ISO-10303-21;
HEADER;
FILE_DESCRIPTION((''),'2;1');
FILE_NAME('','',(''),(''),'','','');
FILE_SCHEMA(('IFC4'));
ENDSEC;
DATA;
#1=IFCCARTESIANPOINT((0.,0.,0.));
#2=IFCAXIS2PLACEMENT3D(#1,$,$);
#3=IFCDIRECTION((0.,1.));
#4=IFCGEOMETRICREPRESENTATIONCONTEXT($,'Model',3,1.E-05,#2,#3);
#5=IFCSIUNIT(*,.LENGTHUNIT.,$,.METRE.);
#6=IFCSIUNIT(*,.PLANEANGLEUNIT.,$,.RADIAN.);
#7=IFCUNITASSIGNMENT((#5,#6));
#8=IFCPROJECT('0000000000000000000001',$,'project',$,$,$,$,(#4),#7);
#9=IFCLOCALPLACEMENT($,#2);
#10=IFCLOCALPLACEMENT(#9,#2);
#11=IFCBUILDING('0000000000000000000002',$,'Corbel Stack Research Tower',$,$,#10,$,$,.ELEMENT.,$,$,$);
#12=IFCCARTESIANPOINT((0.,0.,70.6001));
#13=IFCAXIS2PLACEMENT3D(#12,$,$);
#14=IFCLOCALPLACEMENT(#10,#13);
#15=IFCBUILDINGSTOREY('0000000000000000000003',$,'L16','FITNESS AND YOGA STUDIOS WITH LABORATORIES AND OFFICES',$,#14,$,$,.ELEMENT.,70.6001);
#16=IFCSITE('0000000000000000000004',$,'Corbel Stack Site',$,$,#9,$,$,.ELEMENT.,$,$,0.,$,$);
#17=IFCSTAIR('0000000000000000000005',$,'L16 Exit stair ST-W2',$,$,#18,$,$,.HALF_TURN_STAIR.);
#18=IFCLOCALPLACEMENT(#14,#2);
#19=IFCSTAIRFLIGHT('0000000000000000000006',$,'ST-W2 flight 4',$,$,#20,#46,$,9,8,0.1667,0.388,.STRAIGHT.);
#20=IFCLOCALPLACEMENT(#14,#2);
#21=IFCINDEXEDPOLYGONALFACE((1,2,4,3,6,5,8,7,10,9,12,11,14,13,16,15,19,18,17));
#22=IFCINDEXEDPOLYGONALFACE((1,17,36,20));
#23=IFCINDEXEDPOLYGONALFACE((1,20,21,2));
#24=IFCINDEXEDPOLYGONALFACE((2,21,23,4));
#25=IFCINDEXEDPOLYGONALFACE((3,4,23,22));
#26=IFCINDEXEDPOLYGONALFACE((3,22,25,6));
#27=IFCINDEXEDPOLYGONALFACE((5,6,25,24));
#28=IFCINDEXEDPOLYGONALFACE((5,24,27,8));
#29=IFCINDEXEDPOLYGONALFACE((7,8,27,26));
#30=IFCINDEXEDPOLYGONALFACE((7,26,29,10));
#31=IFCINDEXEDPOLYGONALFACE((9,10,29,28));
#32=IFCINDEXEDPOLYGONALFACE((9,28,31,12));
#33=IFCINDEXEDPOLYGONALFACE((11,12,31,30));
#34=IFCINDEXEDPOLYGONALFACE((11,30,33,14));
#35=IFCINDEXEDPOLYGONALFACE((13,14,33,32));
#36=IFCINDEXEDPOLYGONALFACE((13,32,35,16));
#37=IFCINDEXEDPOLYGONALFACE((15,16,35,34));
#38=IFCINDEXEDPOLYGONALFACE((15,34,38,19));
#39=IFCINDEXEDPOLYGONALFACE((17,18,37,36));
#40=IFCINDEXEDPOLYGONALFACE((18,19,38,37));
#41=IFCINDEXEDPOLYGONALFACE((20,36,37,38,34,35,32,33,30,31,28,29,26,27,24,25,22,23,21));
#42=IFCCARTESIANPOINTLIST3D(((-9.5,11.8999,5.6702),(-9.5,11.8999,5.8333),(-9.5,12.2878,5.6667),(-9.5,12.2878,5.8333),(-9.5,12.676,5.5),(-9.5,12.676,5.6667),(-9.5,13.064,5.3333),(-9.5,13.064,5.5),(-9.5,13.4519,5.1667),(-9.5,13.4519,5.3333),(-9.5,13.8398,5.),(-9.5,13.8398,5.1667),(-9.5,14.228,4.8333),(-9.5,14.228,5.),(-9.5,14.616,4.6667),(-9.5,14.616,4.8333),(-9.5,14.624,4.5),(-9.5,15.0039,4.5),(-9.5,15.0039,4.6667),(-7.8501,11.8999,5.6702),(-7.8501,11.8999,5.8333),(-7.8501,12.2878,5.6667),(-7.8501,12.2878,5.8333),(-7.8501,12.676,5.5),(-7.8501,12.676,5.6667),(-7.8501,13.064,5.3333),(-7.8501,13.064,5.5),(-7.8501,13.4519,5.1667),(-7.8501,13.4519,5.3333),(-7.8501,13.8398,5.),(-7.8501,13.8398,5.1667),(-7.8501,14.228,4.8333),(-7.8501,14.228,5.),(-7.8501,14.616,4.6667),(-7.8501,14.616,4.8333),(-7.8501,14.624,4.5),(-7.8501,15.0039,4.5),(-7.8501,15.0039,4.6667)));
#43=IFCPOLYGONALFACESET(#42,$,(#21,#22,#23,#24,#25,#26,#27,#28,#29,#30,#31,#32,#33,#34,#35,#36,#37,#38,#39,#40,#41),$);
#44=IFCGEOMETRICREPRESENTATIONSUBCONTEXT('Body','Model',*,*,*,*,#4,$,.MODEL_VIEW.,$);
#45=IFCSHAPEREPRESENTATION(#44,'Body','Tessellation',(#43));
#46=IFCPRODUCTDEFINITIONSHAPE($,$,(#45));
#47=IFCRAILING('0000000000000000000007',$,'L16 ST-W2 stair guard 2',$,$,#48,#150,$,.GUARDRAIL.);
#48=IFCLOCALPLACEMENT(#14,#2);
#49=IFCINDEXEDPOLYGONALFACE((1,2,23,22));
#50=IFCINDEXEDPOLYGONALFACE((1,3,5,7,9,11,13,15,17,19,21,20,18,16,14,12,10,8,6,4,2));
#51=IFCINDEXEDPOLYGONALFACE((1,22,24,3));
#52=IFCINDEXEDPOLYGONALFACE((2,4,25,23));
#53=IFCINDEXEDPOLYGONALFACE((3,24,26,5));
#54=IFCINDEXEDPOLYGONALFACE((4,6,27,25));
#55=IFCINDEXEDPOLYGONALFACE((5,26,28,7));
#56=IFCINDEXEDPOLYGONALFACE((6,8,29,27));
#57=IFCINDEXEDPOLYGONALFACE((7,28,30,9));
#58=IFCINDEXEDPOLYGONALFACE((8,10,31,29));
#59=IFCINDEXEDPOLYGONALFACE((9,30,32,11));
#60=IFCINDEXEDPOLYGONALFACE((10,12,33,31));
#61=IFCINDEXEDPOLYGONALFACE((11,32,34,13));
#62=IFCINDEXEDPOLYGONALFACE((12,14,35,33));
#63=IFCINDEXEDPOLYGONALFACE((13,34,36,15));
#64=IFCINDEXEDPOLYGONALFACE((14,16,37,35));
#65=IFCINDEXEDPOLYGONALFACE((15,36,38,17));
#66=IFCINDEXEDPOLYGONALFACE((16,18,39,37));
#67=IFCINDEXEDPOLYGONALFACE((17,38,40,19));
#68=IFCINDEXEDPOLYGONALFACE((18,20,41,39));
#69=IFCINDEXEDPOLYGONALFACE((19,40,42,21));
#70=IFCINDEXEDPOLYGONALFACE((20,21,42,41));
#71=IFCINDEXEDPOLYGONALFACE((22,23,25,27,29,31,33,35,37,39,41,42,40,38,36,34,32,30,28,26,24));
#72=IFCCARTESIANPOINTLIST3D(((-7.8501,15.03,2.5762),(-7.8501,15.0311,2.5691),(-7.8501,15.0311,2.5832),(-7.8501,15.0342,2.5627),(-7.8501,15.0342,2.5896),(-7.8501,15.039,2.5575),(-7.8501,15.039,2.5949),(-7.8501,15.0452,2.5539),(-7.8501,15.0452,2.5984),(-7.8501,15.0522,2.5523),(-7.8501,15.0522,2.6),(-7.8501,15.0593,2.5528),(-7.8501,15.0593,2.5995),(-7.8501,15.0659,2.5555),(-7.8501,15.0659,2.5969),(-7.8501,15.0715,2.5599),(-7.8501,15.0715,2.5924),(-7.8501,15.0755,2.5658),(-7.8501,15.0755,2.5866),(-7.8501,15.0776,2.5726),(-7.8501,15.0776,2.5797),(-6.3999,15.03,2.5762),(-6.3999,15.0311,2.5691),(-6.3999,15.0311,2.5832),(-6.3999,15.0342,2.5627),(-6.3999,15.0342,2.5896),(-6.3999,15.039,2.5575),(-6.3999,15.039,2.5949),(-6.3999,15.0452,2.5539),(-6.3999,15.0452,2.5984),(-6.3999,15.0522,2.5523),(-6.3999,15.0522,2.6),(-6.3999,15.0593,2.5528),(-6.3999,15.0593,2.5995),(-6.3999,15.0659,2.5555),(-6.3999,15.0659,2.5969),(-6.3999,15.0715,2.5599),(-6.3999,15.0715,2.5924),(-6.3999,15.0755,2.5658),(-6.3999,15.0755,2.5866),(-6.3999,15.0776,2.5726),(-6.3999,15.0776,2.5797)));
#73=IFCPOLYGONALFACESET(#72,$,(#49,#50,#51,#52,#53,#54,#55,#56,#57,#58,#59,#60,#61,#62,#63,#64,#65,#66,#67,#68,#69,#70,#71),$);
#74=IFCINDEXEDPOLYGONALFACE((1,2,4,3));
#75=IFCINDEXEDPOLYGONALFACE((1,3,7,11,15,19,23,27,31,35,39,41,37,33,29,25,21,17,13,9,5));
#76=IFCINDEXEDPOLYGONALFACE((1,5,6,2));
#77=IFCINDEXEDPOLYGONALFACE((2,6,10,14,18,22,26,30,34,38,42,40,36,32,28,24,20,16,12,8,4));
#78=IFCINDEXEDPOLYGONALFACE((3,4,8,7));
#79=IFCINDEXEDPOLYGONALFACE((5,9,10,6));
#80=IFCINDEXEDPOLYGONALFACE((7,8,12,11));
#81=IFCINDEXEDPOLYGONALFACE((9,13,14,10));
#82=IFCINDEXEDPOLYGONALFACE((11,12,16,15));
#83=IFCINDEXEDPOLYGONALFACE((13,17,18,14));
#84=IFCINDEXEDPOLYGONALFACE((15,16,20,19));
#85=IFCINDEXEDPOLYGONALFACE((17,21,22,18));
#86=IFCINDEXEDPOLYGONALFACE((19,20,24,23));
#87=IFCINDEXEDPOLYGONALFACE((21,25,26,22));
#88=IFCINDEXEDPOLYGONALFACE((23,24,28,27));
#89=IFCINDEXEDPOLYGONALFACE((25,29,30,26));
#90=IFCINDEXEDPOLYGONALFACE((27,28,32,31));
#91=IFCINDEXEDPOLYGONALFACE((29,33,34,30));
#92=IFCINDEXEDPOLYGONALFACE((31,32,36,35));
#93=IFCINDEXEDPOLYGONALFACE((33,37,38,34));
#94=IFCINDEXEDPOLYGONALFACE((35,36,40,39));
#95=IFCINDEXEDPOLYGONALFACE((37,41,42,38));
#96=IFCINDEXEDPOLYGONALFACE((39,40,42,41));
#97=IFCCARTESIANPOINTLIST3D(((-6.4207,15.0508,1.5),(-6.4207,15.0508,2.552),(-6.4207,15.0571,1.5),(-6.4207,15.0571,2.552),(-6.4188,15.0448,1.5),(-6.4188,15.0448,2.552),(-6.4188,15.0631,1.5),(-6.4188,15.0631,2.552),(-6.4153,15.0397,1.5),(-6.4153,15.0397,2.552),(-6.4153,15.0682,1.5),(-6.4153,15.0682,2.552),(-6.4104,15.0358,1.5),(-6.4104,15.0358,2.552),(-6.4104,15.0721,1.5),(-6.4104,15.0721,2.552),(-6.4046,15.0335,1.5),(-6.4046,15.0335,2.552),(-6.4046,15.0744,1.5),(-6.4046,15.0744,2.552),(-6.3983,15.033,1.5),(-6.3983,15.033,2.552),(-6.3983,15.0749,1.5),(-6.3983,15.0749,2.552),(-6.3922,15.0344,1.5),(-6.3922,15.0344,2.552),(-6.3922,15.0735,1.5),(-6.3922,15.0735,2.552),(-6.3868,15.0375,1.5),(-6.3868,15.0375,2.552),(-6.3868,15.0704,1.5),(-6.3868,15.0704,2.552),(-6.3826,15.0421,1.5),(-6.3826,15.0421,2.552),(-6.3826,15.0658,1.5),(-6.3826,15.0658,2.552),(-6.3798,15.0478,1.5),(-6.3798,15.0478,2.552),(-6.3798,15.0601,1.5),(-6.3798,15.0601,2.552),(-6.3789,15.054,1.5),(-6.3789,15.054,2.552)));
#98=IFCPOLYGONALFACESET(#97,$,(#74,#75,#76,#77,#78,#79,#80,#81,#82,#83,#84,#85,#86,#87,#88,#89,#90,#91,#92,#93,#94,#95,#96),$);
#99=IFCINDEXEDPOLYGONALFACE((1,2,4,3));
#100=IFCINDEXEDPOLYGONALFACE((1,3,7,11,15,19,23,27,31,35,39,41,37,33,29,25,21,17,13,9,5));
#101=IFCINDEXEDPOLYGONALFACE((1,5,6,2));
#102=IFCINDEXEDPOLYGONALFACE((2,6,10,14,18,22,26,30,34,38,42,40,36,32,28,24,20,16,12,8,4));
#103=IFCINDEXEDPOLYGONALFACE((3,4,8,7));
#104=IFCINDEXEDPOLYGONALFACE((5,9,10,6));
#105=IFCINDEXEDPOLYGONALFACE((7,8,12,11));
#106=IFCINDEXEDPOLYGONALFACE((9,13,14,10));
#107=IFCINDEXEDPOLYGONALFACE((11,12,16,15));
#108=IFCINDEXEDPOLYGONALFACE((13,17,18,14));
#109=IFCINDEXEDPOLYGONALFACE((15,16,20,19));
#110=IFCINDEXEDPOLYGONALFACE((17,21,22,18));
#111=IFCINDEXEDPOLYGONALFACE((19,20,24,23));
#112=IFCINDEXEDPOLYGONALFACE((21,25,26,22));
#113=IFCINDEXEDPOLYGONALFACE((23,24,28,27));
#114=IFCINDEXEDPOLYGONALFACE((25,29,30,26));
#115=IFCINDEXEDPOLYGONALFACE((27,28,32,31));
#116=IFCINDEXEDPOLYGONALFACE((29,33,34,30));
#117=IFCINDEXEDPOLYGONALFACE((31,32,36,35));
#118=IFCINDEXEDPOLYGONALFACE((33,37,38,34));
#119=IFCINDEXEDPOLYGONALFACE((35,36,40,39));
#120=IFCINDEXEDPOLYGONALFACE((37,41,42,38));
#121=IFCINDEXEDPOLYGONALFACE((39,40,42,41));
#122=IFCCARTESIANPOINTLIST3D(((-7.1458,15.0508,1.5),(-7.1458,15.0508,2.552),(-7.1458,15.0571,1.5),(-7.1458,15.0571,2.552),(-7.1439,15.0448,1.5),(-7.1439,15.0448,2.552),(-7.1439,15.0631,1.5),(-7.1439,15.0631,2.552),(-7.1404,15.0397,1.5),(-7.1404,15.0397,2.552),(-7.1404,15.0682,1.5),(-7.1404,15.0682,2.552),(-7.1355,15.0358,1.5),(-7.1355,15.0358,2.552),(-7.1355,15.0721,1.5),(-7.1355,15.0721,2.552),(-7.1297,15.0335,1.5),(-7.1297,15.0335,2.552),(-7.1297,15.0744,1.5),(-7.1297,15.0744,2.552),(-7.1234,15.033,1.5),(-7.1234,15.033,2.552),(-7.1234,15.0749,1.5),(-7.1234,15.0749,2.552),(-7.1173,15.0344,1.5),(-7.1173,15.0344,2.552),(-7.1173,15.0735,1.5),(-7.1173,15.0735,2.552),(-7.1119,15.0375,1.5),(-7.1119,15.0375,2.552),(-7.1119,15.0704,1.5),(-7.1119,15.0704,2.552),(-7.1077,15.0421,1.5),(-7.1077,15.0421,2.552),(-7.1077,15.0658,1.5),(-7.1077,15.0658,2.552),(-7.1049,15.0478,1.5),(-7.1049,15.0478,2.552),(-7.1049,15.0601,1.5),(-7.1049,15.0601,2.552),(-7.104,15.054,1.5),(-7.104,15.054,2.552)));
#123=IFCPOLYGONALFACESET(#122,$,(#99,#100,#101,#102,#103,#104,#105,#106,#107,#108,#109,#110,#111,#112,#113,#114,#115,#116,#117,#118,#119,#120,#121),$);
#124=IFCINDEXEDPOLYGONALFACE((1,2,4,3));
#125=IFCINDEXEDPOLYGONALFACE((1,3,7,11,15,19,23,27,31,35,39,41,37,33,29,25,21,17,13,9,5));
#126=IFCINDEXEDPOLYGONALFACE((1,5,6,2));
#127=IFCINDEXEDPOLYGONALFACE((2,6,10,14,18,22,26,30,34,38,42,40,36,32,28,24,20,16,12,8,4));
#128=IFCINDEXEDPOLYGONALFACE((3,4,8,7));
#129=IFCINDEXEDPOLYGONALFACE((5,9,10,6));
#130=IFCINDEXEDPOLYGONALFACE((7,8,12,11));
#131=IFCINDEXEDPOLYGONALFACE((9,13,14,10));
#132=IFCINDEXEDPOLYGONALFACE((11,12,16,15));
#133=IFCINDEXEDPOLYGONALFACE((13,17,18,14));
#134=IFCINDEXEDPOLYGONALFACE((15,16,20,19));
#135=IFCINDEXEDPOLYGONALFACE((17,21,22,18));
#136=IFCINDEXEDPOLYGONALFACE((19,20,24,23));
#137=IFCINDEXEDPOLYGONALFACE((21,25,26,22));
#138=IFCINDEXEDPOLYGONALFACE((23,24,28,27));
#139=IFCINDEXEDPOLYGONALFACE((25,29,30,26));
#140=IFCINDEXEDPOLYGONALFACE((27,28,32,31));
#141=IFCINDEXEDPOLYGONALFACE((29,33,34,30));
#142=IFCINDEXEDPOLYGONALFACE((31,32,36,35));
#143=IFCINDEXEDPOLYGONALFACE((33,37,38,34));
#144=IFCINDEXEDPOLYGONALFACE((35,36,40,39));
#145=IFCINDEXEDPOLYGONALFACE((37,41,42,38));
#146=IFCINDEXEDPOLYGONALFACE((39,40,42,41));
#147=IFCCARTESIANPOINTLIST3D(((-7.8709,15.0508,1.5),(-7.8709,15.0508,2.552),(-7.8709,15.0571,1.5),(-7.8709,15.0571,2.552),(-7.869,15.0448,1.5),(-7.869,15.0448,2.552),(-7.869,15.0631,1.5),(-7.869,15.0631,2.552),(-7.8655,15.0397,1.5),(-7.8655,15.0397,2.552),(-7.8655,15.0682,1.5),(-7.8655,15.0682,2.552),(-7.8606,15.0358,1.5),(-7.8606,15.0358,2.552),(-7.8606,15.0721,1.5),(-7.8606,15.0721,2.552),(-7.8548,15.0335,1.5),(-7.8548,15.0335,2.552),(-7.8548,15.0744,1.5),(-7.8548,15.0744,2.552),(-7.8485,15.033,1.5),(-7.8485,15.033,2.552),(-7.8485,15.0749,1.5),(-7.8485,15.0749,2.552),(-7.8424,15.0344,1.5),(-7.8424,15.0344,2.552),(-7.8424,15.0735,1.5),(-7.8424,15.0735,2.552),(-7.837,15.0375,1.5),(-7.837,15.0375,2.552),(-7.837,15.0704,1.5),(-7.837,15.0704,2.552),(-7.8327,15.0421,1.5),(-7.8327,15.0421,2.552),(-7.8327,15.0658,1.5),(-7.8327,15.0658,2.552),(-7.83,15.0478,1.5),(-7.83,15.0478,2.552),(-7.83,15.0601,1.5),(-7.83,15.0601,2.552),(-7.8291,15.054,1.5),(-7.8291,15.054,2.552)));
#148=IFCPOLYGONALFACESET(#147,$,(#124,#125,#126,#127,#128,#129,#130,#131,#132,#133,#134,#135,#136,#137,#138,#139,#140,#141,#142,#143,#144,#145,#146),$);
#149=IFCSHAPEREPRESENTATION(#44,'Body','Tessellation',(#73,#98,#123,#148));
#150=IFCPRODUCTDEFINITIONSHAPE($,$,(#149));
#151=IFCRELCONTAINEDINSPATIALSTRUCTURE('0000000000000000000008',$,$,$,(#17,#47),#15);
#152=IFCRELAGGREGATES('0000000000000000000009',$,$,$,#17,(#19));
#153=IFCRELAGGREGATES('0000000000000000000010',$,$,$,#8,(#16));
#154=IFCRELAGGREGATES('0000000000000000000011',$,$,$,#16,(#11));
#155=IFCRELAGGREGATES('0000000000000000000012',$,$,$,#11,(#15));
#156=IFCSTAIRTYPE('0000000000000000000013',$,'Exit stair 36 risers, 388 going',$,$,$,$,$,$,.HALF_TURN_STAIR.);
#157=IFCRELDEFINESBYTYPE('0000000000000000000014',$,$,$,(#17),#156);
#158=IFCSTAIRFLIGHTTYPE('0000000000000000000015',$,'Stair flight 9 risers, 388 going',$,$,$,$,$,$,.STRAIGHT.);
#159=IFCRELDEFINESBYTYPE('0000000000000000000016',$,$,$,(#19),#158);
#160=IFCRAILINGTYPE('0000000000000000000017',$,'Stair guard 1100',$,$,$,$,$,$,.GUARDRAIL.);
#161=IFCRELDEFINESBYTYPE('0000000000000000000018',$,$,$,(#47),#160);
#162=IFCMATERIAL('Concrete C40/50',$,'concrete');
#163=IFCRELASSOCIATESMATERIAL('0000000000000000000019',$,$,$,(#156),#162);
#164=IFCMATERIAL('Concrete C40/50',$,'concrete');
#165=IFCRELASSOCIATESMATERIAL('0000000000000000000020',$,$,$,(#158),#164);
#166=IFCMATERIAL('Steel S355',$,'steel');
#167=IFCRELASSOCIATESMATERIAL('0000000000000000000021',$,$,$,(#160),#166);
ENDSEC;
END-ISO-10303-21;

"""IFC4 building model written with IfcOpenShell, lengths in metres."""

from ifc_helpers import new_model, si_unit, direction, frame, origin, origin_2d, place, context, subcontext, project, spatial, polyline, circle, outline, extrude, material, type_object, element, aggregate, save


model = new_model("IFC4")

# Units and contexts
model_context = context("Model", 3, precision=1e-05, world=origin(), true_north=direction((0.0, 1.0)))
body_context = subcontext(model_context, "Body", "Model", "MODEL_VIEW")
ifc_project = project(units=[si_unit("LENGTHUNIT", "METRE"), si_unit("PLANEANGLEUNIT", "RADIAN")], contexts=[model_context])

# Site, building, storey
site_placement = place(None, origin())
site = spatial("IfcSite", under=ifc_project, at=site_placement, Name="Corbel Stack Site", CompositionType="ELEMENT", RefElevation=0.0)
building_placement = place(site_placement, origin())
building = spatial("IfcBuilding", under=site, at=building_placement, Name="Corbel Stack Research Tower", CompositionType="ELEMENT")
storey_placement = place(building_placement, frame((0.0, 0.0, 70.6001)))
storey = spatial("IfcBuildingStorey", under=building, at=storey_placement, Name="L16", Description="FITNESS AND YOGA STUDIOS WITH LABORATORIES AND OFFICES", CompositionType="ELEMENT", Elevation=70.6001)

# Stair, stair flight
ifc_material_1 = material(Name="Concrete C40/50", Category="concrete")
stair_type = type_object("IfcStairType", Name="Exit stair 36 risers, 388 going", PredefinedType="HALF_TURN_STAIR", material=ifc_material_1)
stair_placement = place(storey_placement, origin())
stair = element("IfcStair", 1, at=stair_placement, inside=storey, type_object=stair_type, Name="L16 Exit stair ST-W2", PredefinedType="HALF_TURN_STAIR")
ifc_material_2 = material(Name="Concrete C40/50", Category="concrete")
stair_flight_type = type_object("IfcStairFlightType", Name="Stair flight 9 risers, 388 going", PredefinedType="STRAIGHT", material=ifc_material_2)
stair_flight_1_placement = place(storey_placement, frame((-8.675, 15.0039, 4.5), z_axis=(0.0, 0.0, 1.0), x_axis=(0.0, -1.0, 0.0)))
stair_flight_1 = element("IfcStairFlight", 2, at=stair_flight_1_placement, type_object=stair_flight_type, Name="ST-W2 flight 4", NumberOfRisers=9, NumberOfTreads=8, PredefinedType="STRAIGHT", RiserHeight=0.1667, TreadLength=0.388, context=body_context, shape_type="SweptSolid", body=[
    extrude(outline(polyline([(0.0, 0.0), (0.0, 0.1667), (0.3879, 0.1667), (0.3879, 0.3333), (0.7759, 0.3333), (0.7759, 0.5), (1.1641, 0.5), (1.1641, 0.6667), (1.552, 0.6667), (1.552, 0.8333), (1.9399, 0.8333), (1.9399, 1.0), (2.3279, 1.0), (2.3279, 1.1667), (2.7161, 1.1667), (2.7161, 1.3333), (3.104, 1.3333), (3.104, 1.5), (3.104, 1.1702), (0.3799, 0.0), (0.0, 0.0)])), frame((0.0, 0.825, 0.0), z_axis=(0.0, -1.0, 0.0), x_axis=(1.0, 0.0, 0.0)), (0.0, 0.0, 1.0), 1.6499),
])
aggregate(stair, [stair_flight_1])

# Railing
ifc_material_3 = material(Name="Steel S355", Category="steel")
railing_type_1 = type_object("IfcRailingType", Name="Stair guard 1100", PredefinedType="GUARDRAIL", material=ifc_material_3)
railing_1_placement = place(storey_placement, frame((-6.3999, 15.054, 1.5)))
element("IfcRailing", 3, at=railing_1_placement, inside=storey, type_object=railing_type_1, Name="L16 ST-W2 stair guard 2", PredefinedType="GUARDRAIL", context=body_context, shape_type="SweptSolid", body=[
    extrude(circle(Radius=0.0239, at=origin_2d()), frame((0.0, 0.0, 1.0762), z_axis=(-1.0, 0.0, 0.0), x_axis=(0.0, -1.0, 0.0)), (0.0, 0.0, 1.0), 1.4502),
    extrude(circle(Radius=0.021, at=origin_2d()), origin(), (0.0, 0.0, 1.0), 1.052),
    extrude(circle(Radius=0.021, at=origin_2d()), frame((-0.7251, 0.0, 0.0)), (0.0, 0.0, 1.0), 1.052),
    extrude(circle(Radius=0.021, at=origin_2d()), frame((-1.4502, 0.0, 0.0)), (0.0, 0.0, 1.0), 1.052),
])

save(model, "model.ifc")
